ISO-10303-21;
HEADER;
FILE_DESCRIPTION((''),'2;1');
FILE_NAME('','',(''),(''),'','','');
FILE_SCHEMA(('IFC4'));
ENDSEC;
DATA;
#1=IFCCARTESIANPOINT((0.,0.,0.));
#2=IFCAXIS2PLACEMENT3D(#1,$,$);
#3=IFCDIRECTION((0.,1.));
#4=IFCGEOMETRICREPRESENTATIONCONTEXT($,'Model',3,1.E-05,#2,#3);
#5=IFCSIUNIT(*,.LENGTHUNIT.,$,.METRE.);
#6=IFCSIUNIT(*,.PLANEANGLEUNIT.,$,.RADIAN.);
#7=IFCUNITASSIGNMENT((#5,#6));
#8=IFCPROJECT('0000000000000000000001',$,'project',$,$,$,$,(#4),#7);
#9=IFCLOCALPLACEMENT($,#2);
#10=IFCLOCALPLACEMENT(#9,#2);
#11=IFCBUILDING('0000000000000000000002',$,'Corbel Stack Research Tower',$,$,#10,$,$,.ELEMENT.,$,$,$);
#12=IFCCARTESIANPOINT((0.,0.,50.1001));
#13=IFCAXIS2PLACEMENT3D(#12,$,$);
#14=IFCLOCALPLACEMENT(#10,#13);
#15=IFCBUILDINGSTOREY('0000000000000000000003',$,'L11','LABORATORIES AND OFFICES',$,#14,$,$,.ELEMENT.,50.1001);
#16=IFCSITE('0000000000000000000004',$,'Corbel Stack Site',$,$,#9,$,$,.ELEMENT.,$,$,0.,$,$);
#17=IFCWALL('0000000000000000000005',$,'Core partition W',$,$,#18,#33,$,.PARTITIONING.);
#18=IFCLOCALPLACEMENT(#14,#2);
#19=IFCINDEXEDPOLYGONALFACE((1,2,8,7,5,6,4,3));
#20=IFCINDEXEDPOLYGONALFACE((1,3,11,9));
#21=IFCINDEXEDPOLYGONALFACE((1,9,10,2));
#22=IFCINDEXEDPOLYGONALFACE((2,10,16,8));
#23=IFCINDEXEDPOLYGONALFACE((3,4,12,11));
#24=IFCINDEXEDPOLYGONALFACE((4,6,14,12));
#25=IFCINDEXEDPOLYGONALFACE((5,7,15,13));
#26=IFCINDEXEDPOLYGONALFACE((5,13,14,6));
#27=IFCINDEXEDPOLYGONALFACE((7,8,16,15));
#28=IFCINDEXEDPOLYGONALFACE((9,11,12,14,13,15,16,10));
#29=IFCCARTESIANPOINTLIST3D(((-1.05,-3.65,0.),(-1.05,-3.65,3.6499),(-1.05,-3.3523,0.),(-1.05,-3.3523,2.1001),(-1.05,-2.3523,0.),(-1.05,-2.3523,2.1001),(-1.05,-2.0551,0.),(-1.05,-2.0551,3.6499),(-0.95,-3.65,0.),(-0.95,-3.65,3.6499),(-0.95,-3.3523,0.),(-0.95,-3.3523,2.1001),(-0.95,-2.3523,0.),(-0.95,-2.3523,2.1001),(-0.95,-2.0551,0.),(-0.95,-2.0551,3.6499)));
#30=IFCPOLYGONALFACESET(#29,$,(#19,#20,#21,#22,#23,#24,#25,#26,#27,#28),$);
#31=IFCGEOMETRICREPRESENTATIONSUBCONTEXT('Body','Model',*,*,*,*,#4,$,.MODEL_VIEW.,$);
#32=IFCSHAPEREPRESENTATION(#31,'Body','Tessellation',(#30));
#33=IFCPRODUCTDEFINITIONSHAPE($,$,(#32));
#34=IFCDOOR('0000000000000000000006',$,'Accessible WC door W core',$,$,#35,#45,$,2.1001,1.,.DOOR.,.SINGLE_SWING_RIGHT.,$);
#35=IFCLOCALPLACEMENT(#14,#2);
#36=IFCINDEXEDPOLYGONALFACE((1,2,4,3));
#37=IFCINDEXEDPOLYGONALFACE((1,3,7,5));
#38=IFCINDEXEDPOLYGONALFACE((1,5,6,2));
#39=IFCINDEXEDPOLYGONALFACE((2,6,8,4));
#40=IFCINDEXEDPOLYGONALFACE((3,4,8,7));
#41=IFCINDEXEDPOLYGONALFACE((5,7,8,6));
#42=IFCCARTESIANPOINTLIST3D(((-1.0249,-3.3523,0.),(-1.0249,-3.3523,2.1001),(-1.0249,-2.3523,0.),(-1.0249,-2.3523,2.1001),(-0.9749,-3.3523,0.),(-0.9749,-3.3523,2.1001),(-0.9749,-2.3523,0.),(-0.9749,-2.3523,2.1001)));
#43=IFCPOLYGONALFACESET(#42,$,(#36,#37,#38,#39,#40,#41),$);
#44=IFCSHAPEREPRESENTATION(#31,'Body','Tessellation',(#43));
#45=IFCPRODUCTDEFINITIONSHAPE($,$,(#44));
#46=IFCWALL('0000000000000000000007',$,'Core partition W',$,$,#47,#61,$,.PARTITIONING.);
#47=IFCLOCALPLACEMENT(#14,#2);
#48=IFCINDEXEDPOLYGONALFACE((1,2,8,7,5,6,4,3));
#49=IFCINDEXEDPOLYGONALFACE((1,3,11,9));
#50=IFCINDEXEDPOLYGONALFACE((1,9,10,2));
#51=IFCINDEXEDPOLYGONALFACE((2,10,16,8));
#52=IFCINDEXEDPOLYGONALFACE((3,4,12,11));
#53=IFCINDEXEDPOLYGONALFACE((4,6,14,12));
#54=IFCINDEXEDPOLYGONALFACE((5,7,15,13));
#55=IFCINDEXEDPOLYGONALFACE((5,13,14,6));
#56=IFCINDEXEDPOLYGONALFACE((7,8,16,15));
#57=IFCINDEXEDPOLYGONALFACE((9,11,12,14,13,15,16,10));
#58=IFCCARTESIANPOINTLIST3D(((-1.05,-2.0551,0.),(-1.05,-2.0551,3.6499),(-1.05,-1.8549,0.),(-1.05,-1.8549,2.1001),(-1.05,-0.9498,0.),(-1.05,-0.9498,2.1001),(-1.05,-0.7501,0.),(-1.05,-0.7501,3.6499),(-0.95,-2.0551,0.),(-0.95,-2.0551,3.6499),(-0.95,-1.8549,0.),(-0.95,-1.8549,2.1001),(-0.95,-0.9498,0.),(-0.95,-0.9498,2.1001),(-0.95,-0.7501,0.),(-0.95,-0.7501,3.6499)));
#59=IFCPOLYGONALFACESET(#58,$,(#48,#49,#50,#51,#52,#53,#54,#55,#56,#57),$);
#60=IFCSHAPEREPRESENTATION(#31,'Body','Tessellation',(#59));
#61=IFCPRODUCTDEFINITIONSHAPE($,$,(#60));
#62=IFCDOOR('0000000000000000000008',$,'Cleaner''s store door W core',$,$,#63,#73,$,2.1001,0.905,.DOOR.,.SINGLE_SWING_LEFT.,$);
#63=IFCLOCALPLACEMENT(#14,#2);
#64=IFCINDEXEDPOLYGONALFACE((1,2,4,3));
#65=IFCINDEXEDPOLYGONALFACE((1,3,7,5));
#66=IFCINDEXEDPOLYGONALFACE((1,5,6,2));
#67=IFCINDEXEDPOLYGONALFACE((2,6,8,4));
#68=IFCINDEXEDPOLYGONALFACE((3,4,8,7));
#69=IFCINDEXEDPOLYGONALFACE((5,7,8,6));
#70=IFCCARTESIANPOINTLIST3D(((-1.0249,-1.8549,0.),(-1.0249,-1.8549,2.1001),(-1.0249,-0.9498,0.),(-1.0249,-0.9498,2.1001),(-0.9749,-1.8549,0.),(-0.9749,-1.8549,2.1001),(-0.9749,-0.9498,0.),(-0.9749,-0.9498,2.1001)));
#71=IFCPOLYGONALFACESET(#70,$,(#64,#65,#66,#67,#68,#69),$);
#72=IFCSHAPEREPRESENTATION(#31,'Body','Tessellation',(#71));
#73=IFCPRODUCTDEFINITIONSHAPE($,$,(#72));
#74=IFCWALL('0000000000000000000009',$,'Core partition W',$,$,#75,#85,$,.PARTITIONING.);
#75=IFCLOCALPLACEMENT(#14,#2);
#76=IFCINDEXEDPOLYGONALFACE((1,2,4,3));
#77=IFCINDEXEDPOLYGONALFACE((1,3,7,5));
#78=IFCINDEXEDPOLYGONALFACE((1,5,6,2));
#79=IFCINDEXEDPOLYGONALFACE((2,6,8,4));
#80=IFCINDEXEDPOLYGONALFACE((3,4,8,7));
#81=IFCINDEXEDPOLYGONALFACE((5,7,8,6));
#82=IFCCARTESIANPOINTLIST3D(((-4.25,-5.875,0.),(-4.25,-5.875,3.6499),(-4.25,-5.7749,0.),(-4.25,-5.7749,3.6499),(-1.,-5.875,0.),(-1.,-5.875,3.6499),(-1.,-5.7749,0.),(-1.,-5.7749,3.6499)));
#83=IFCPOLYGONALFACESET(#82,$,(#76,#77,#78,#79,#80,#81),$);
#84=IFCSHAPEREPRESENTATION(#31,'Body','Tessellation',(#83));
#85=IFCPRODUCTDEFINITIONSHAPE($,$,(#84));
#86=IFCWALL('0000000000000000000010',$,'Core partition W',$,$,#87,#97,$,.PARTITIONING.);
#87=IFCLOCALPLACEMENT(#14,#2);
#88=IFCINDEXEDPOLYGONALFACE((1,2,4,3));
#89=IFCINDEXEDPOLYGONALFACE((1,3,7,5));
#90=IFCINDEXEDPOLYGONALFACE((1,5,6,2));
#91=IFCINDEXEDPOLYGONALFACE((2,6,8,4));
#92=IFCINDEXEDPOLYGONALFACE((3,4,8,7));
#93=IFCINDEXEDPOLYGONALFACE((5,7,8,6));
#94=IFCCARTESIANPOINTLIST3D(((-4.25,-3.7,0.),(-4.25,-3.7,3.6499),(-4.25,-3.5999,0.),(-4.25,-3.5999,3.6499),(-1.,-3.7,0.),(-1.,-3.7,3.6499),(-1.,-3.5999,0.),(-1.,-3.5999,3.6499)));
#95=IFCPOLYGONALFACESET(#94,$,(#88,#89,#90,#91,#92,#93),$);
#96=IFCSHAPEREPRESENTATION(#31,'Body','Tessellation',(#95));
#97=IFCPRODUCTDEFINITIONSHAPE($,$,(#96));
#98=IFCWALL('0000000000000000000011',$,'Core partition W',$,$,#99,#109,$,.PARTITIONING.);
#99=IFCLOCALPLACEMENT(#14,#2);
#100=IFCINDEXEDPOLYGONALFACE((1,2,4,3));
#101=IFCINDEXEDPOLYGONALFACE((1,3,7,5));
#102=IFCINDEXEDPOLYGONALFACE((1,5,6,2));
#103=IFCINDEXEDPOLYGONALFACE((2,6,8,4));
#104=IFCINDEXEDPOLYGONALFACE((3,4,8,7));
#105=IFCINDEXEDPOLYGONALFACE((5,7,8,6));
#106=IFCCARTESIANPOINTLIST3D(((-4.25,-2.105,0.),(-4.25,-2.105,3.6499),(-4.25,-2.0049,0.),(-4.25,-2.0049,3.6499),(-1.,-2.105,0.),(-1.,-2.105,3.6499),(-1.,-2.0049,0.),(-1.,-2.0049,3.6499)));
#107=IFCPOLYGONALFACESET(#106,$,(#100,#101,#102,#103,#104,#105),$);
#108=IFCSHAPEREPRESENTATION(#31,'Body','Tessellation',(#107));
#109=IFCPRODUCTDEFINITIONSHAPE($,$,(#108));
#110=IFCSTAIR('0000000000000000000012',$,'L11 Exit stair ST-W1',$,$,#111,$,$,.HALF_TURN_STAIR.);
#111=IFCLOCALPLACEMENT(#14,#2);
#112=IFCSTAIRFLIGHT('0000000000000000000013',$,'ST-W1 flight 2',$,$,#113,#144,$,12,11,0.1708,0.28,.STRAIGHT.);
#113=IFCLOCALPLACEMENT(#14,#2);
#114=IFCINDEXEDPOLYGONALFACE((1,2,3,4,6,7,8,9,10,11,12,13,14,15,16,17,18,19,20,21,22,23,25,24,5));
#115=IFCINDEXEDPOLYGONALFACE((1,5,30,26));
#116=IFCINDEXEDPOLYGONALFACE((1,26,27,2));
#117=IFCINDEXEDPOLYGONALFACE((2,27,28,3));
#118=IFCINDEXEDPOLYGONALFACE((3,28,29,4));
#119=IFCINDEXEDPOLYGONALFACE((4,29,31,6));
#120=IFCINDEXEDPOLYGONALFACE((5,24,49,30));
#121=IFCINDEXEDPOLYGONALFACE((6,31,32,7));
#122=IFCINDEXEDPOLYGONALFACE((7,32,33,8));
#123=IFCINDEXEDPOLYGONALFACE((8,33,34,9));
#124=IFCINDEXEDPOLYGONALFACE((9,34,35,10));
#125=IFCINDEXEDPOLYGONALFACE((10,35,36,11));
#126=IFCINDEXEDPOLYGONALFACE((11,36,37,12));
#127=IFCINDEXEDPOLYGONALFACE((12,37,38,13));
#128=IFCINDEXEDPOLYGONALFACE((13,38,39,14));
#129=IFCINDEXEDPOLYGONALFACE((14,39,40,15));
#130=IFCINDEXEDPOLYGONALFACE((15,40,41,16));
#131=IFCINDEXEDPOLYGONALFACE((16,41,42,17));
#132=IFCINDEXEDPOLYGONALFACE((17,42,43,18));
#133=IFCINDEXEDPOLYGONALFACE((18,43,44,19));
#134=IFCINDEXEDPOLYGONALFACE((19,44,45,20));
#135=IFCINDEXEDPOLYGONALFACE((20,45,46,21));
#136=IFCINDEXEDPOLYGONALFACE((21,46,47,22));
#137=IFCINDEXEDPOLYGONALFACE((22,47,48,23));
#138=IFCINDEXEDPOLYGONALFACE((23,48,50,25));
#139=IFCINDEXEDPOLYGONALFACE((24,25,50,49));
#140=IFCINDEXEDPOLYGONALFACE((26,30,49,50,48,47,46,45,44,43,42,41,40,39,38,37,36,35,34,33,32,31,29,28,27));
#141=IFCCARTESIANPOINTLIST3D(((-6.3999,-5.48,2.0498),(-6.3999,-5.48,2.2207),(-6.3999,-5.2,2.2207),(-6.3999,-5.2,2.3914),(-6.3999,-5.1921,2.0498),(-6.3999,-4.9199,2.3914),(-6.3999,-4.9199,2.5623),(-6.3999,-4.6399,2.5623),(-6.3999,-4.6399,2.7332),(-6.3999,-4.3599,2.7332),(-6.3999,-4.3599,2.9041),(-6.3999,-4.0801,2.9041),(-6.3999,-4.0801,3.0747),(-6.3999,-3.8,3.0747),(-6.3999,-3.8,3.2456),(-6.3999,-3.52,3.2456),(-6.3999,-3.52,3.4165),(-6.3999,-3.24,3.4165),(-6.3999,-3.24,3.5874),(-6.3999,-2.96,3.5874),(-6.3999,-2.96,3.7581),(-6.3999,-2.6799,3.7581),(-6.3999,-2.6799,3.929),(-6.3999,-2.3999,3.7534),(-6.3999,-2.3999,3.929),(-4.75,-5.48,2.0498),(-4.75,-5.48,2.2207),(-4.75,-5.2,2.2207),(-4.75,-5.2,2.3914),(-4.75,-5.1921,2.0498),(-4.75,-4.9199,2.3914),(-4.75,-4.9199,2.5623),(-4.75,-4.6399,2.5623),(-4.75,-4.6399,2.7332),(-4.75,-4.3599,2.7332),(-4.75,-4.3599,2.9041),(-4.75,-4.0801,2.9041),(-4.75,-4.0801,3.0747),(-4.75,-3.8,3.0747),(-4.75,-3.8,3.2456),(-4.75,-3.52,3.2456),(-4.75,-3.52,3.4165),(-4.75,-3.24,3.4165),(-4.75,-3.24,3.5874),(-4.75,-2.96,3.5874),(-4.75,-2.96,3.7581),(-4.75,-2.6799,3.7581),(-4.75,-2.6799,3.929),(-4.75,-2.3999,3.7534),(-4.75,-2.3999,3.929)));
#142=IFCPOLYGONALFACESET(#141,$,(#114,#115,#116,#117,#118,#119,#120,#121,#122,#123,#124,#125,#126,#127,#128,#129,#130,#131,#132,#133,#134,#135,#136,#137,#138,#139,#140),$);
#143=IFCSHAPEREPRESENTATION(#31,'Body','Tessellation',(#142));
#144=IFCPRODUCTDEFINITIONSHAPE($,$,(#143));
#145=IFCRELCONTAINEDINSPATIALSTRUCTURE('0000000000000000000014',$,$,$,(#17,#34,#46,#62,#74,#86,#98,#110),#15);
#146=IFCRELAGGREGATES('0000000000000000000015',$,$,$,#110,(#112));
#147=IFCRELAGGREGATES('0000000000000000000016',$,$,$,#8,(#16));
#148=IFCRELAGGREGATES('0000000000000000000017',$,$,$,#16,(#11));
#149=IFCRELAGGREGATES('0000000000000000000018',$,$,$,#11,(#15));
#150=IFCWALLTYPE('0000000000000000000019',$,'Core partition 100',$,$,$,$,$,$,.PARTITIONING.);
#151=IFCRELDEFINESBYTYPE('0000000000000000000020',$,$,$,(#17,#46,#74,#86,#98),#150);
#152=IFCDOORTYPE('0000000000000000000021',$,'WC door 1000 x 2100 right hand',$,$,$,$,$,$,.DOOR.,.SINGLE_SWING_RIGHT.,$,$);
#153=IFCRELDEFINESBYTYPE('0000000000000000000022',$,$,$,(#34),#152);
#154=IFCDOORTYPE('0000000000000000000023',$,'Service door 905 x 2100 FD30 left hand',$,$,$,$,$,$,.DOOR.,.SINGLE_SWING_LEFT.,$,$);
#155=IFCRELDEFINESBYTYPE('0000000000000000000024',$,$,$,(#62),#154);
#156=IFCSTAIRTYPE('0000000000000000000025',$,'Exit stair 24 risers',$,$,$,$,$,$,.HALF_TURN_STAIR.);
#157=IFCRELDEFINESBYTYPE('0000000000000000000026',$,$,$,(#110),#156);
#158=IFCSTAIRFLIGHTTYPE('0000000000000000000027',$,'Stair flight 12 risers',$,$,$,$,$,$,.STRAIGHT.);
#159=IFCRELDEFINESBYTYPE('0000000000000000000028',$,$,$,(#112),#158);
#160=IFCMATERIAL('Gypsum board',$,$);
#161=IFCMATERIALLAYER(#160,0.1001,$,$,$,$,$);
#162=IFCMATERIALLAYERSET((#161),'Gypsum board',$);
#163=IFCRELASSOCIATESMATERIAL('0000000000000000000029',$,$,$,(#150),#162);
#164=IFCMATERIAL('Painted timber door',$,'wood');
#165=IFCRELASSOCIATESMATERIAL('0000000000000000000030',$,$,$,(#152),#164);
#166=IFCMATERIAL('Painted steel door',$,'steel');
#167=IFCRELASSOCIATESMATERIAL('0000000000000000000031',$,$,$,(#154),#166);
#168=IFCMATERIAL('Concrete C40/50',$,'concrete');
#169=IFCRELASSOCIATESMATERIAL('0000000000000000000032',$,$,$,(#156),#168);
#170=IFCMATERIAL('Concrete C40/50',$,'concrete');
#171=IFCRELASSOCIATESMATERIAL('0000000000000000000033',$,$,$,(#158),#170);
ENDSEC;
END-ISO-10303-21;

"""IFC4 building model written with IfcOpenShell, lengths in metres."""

from ifc_helpers import new_model, si_unit, direction, frame, frame_2d, origin, place, context, subcontext, project, spatial, polyline, rectangle, outline, extrude, material, layer, layer_set, type_object, element, fill, aggregate, save


model = new_model("IFC4")

# Units and contexts
model_context = context("Model", 3, precision=1e-05, world=origin(), true_north=direction((0.0, 1.0)))
body_context = subcontext(model_context, "Body", "Model", "MODEL_VIEW")
ifc_project = project(units=[si_unit("LENGTHUNIT", "METRE"), si_unit("PLANEANGLEUNIT", "RADIAN")], contexts=[model_context])

# Site, building, storey
site_placement = place(None, origin())
site = spatial("IfcSite", under=ifc_project, at=site_placement, Name="Corbel Stack Site", CompositionType="ELEMENT", RefElevation=0.0)
building_placement = place(site_placement, origin())
building = spatial("IfcBuilding", under=site, at=building_placement, Name="Corbel Stack Research Tower", CompositionType="ELEMENT")
storey_placement = place(building_placement, frame((0.0, 0.0, 50.1001)))
storey = spatial("IfcBuildingStorey", under=building, at=storey_placement, Name="L11", Description="LABORATORIES AND OFFICES", CompositionType="ELEMENT", Elevation=50.1001)

# Walls, openings, doors
ifc_material_1 = material(Name="Gypsum board")
ifc_layer_1 = layer(ifc_material_1, 0.1001)
ifc_layer_set_1 = layer_set([ifc_layer_1], Name="Gypsum board")
wall_type_1 = type_object("IfcWallType", Name="Core partition 100", PredefinedType="PARTITIONING", material=ifc_layer_set_1)
ifc_material_2 = material(Name="Painted timber door", Category="wood")
door_type_1 = type_object("IfcDoorType", Name="WC door 1000 x 2100 right hand", OperationType="SINGLE_SWING_RIGHT", PredefinedType="DOOR", material=ifc_material_2)
wall_1_placement = place(storey_placement, frame((-1.0, -3.6499, 0.0), z_axis=(0.0, 0.0, 1.0), x_axis=(0.0, 1.0, 0.0)))
wall_1 = element("IfcWall", 1, at=wall_1_placement, inside=storey, type_object=wall_type_1, Name="Core partition W", PredefinedType="PARTITIONING", context=body_context, shape_type="SweptSolid", body=[
    extrude(rectangle(XDim=1.595, YDim=0.1001, at=frame_2d((0.7974, 0.0))), origin(), (0.0, 0.0, 1.0), 3.6499),
])
opening_1_placement = place(wall_1_placement, frame((0.2976, 0.0, 0.0)))
opening_1 = element("IfcOpeningElement", 2, at=opening_1_placement, cuts=wall_1, PredefinedType="OPENING", context=body_context, shape_type="SweptSolid", body=[
    extrude(rectangle(XDim=1.0, YDim=2.1001, at=frame_2d((0.5, 1.05))), frame((0.0, 0.0601, 0.0), z_axis=(0.0, -1.0, 0.0), x_axis=(1.0, 0.0, 0.0)), (0.0, 0.0, 1.0), 0.1201),
])
door_1_placement = place(opening_1_placement, origin())
door_1 = element("IfcDoor", 3, at=door_1_placement, inside=storey, type_object=door_type_1, Name="Accessible WC door W core", OperationType="SINGLE_SWING_RIGHT", OverallHeight=2.1001, OverallWidth=1.0, PredefinedType="DOOR", context=body_context, shape_type="SweptSolid", body=[
    extrude(rectangle(XDim=1.0, YDim=2.1001, at=frame_2d((0.5, 1.05))), frame((0.0, 0.0249, 0.0), z_axis=(0.0, -1.0, 0.0), x_axis=(1.0, 0.0, 0.0)), (0.0, 0.0, 1.0), 0.05),
])
fill(opening_1, door_1)
wall_2_placement = place(storey_placement, frame((-1.0, -2.0549, 0.0), z_axis=(0.0, 0.0, 1.0), x_axis=(0.0, 1.0, 0.0)))
wall_2 = element("IfcWall", 4, at=wall_2_placement, inside=storey, type_object=wall_type_1, Name="Core partition W", PredefinedType="PARTITIONING", context=body_context, shape_type="SweptSolid", body=[
    extrude(rectangle(XDim=1.3049, YDim=0.1001, at=frame_2d((0.6523, 0.0))), origin(), (0.0, 0.0, 1.0), 3.6499),
])
opening_2_placement = place(wall_2_placement, frame((0.2, 0.0, 0.0)))
opening_2 = element("IfcOpeningElement", 5, at=opening_2_placement, cuts=wall_2, PredefinedType="OPENING", context=body_context, shape_type="SweptSolid", body=[
    extrude(rectangle(XDim=0.905, YDim=2.1001, at=frame_2d((0.4526, 1.05))), frame((0.0, 0.0601, 0.0), z_axis=(0.0, -1.0, 0.0), x_axis=(1.0, 0.0, 0.0)), (0.0, 0.0, 1.0), 0.1201),
])
ifc_material_3 = material(Name="Painted steel door", Category="steel")
door_type_2 = type_object("IfcDoorType", Name="Service door 905 x 2100 FD30 left hand", OperationType="SINGLE_SWING_LEFT", PredefinedType="DOOR", material=ifc_material_3)
door_2_placement = place(opening_2_placement, origin())
door_2 = element("IfcDoor", 6, at=door_2_placement, inside=storey, type_object=door_type_2, Name="Cleaner's store door W core", OperationType="SINGLE_SWING_LEFT", OverallHeight=2.1001, OverallWidth=0.905, PredefinedType="DOOR", context=body_context, shape_type="SweptSolid", body=[
    extrude(rectangle(XDim=0.905, YDim=2.1001, at=frame_2d((0.4526, 1.05))), frame((0.0, 0.0249, 0.0), z_axis=(0.0, -1.0, 0.0), x_axis=(1.0, 0.0, 0.0)), (0.0, 0.0, 1.0), 0.05),
])
fill(opening_2, door_2)

# Walls
for number, where, z_axis, x_axis, name in (
    (7, (-4.25, -5.825, 0.0), (0.0, 0.0, 1.0), (1.0, 0.0, 0.0), "Core partition W"),
    (8, (-4.25, -3.6499, 0.0), (0.0, 0.0, 1.0), (1.0, 0.0, 0.0), "Core partition W"),
    (9, (-4.25, -2.0549, 0.0), (0.0, 0.0, 1.0), (1.0, 0.0, 0.0), "Core partition W"),
):
    element("IfcWall", number, at=place(storey_placement, frame(where, z_axis=z_axis, x_axis=x_axis)), inside=storey, type_object=wall_type_1, Name=name, PredefinedType="PARTITIONING", context=body_context, shape_type="SweptSolid", body=[
        extrude(rectangle(XDim=3.25, YDim=0.1001, at=frame_2d((1.625, 0.0))), origin(), (0.0, 0.0, 1.0), 3.6499),
    ])

# Stair, stair flight
ifc_material_4 = material(Name="Concrete C40/50", Category="concrete")
stair_type = type_object("IfcStairType", Name="Exit stair 24 risers", PredefinedType="HALF_TURN_STAIR", material=ifc_material_4)
stair_placement = place(storey_placement, origin())
stair = element("IfcStair", 10, at=stair_placement, inside=storey, type_object=stair_type, Name="L11 Exit stair ST-W1", PredefinedType="HALF_TURN_STAIR")
ifc_material_5 = material(Name="Concrete C40/50", Category="concrete")
stair_flight_type = type_object("IfcStairFlightType", Name="Stair flight 12 risers", PredefinedType="STRAIGHT", material=ifc_material_5)
stair_flight_placement = place(storey_placement, frame((-5.575, -5.48, 2.0498), z_axis=(0.0, 0.0, 1.0), x_axis=(0.0, 1.0, 0.0)))
stair_flight = element("IfcStairFlight", 11, at=stair_flight_placement, type_object=stair_flight_type, Name="ST-W1 flight 2", NumberOfRisers=12, NumberOfTreads=11, PredefinedType="STRAIGHT", RiserHeight=0.1708, TreadLength=0.28, context=body_context, shape_type="SweptSolid", body=[
    extrude(outline(polyline([(0.0, 0.0), (0.0, 0.1709), (0.28, 0.1709), (0.28, 0.3416), (0.5601, 0.3416), (0.5601, 0.5125), (0.8401, 0.5125), (0.8401, 0.6833), (1.1201, 0.6833), (1.1201, 0.8542), (1.3999, 0.8542), (1.3999, 1.0249), (1.6799, 1.0249), (1.6799, 1.1958), (1.96, 1.1958), (1.96, 1.3667), (2.24, 1.3667), (2.24, 1.5376), (2.52, 1.5376), (2.52, 1.7083), (2.8, 1.7083), (2.8, 1.8792), (3.0801, 1.8792), (3.0801, 2.05), (3.0801, 1.7036), (0.2878, 0.0), (0.0, 0.0)])), frame((0.0, 0.825, 0.0), z_axis=(0.0, -1.0, 0.0), x_axis=(1.0, 0.0, 0.0)), (0.0, 0.0, 1.0), 1.6499),
])
aggregate(stair, [stair_flight])

save(model, "model.ifc")
